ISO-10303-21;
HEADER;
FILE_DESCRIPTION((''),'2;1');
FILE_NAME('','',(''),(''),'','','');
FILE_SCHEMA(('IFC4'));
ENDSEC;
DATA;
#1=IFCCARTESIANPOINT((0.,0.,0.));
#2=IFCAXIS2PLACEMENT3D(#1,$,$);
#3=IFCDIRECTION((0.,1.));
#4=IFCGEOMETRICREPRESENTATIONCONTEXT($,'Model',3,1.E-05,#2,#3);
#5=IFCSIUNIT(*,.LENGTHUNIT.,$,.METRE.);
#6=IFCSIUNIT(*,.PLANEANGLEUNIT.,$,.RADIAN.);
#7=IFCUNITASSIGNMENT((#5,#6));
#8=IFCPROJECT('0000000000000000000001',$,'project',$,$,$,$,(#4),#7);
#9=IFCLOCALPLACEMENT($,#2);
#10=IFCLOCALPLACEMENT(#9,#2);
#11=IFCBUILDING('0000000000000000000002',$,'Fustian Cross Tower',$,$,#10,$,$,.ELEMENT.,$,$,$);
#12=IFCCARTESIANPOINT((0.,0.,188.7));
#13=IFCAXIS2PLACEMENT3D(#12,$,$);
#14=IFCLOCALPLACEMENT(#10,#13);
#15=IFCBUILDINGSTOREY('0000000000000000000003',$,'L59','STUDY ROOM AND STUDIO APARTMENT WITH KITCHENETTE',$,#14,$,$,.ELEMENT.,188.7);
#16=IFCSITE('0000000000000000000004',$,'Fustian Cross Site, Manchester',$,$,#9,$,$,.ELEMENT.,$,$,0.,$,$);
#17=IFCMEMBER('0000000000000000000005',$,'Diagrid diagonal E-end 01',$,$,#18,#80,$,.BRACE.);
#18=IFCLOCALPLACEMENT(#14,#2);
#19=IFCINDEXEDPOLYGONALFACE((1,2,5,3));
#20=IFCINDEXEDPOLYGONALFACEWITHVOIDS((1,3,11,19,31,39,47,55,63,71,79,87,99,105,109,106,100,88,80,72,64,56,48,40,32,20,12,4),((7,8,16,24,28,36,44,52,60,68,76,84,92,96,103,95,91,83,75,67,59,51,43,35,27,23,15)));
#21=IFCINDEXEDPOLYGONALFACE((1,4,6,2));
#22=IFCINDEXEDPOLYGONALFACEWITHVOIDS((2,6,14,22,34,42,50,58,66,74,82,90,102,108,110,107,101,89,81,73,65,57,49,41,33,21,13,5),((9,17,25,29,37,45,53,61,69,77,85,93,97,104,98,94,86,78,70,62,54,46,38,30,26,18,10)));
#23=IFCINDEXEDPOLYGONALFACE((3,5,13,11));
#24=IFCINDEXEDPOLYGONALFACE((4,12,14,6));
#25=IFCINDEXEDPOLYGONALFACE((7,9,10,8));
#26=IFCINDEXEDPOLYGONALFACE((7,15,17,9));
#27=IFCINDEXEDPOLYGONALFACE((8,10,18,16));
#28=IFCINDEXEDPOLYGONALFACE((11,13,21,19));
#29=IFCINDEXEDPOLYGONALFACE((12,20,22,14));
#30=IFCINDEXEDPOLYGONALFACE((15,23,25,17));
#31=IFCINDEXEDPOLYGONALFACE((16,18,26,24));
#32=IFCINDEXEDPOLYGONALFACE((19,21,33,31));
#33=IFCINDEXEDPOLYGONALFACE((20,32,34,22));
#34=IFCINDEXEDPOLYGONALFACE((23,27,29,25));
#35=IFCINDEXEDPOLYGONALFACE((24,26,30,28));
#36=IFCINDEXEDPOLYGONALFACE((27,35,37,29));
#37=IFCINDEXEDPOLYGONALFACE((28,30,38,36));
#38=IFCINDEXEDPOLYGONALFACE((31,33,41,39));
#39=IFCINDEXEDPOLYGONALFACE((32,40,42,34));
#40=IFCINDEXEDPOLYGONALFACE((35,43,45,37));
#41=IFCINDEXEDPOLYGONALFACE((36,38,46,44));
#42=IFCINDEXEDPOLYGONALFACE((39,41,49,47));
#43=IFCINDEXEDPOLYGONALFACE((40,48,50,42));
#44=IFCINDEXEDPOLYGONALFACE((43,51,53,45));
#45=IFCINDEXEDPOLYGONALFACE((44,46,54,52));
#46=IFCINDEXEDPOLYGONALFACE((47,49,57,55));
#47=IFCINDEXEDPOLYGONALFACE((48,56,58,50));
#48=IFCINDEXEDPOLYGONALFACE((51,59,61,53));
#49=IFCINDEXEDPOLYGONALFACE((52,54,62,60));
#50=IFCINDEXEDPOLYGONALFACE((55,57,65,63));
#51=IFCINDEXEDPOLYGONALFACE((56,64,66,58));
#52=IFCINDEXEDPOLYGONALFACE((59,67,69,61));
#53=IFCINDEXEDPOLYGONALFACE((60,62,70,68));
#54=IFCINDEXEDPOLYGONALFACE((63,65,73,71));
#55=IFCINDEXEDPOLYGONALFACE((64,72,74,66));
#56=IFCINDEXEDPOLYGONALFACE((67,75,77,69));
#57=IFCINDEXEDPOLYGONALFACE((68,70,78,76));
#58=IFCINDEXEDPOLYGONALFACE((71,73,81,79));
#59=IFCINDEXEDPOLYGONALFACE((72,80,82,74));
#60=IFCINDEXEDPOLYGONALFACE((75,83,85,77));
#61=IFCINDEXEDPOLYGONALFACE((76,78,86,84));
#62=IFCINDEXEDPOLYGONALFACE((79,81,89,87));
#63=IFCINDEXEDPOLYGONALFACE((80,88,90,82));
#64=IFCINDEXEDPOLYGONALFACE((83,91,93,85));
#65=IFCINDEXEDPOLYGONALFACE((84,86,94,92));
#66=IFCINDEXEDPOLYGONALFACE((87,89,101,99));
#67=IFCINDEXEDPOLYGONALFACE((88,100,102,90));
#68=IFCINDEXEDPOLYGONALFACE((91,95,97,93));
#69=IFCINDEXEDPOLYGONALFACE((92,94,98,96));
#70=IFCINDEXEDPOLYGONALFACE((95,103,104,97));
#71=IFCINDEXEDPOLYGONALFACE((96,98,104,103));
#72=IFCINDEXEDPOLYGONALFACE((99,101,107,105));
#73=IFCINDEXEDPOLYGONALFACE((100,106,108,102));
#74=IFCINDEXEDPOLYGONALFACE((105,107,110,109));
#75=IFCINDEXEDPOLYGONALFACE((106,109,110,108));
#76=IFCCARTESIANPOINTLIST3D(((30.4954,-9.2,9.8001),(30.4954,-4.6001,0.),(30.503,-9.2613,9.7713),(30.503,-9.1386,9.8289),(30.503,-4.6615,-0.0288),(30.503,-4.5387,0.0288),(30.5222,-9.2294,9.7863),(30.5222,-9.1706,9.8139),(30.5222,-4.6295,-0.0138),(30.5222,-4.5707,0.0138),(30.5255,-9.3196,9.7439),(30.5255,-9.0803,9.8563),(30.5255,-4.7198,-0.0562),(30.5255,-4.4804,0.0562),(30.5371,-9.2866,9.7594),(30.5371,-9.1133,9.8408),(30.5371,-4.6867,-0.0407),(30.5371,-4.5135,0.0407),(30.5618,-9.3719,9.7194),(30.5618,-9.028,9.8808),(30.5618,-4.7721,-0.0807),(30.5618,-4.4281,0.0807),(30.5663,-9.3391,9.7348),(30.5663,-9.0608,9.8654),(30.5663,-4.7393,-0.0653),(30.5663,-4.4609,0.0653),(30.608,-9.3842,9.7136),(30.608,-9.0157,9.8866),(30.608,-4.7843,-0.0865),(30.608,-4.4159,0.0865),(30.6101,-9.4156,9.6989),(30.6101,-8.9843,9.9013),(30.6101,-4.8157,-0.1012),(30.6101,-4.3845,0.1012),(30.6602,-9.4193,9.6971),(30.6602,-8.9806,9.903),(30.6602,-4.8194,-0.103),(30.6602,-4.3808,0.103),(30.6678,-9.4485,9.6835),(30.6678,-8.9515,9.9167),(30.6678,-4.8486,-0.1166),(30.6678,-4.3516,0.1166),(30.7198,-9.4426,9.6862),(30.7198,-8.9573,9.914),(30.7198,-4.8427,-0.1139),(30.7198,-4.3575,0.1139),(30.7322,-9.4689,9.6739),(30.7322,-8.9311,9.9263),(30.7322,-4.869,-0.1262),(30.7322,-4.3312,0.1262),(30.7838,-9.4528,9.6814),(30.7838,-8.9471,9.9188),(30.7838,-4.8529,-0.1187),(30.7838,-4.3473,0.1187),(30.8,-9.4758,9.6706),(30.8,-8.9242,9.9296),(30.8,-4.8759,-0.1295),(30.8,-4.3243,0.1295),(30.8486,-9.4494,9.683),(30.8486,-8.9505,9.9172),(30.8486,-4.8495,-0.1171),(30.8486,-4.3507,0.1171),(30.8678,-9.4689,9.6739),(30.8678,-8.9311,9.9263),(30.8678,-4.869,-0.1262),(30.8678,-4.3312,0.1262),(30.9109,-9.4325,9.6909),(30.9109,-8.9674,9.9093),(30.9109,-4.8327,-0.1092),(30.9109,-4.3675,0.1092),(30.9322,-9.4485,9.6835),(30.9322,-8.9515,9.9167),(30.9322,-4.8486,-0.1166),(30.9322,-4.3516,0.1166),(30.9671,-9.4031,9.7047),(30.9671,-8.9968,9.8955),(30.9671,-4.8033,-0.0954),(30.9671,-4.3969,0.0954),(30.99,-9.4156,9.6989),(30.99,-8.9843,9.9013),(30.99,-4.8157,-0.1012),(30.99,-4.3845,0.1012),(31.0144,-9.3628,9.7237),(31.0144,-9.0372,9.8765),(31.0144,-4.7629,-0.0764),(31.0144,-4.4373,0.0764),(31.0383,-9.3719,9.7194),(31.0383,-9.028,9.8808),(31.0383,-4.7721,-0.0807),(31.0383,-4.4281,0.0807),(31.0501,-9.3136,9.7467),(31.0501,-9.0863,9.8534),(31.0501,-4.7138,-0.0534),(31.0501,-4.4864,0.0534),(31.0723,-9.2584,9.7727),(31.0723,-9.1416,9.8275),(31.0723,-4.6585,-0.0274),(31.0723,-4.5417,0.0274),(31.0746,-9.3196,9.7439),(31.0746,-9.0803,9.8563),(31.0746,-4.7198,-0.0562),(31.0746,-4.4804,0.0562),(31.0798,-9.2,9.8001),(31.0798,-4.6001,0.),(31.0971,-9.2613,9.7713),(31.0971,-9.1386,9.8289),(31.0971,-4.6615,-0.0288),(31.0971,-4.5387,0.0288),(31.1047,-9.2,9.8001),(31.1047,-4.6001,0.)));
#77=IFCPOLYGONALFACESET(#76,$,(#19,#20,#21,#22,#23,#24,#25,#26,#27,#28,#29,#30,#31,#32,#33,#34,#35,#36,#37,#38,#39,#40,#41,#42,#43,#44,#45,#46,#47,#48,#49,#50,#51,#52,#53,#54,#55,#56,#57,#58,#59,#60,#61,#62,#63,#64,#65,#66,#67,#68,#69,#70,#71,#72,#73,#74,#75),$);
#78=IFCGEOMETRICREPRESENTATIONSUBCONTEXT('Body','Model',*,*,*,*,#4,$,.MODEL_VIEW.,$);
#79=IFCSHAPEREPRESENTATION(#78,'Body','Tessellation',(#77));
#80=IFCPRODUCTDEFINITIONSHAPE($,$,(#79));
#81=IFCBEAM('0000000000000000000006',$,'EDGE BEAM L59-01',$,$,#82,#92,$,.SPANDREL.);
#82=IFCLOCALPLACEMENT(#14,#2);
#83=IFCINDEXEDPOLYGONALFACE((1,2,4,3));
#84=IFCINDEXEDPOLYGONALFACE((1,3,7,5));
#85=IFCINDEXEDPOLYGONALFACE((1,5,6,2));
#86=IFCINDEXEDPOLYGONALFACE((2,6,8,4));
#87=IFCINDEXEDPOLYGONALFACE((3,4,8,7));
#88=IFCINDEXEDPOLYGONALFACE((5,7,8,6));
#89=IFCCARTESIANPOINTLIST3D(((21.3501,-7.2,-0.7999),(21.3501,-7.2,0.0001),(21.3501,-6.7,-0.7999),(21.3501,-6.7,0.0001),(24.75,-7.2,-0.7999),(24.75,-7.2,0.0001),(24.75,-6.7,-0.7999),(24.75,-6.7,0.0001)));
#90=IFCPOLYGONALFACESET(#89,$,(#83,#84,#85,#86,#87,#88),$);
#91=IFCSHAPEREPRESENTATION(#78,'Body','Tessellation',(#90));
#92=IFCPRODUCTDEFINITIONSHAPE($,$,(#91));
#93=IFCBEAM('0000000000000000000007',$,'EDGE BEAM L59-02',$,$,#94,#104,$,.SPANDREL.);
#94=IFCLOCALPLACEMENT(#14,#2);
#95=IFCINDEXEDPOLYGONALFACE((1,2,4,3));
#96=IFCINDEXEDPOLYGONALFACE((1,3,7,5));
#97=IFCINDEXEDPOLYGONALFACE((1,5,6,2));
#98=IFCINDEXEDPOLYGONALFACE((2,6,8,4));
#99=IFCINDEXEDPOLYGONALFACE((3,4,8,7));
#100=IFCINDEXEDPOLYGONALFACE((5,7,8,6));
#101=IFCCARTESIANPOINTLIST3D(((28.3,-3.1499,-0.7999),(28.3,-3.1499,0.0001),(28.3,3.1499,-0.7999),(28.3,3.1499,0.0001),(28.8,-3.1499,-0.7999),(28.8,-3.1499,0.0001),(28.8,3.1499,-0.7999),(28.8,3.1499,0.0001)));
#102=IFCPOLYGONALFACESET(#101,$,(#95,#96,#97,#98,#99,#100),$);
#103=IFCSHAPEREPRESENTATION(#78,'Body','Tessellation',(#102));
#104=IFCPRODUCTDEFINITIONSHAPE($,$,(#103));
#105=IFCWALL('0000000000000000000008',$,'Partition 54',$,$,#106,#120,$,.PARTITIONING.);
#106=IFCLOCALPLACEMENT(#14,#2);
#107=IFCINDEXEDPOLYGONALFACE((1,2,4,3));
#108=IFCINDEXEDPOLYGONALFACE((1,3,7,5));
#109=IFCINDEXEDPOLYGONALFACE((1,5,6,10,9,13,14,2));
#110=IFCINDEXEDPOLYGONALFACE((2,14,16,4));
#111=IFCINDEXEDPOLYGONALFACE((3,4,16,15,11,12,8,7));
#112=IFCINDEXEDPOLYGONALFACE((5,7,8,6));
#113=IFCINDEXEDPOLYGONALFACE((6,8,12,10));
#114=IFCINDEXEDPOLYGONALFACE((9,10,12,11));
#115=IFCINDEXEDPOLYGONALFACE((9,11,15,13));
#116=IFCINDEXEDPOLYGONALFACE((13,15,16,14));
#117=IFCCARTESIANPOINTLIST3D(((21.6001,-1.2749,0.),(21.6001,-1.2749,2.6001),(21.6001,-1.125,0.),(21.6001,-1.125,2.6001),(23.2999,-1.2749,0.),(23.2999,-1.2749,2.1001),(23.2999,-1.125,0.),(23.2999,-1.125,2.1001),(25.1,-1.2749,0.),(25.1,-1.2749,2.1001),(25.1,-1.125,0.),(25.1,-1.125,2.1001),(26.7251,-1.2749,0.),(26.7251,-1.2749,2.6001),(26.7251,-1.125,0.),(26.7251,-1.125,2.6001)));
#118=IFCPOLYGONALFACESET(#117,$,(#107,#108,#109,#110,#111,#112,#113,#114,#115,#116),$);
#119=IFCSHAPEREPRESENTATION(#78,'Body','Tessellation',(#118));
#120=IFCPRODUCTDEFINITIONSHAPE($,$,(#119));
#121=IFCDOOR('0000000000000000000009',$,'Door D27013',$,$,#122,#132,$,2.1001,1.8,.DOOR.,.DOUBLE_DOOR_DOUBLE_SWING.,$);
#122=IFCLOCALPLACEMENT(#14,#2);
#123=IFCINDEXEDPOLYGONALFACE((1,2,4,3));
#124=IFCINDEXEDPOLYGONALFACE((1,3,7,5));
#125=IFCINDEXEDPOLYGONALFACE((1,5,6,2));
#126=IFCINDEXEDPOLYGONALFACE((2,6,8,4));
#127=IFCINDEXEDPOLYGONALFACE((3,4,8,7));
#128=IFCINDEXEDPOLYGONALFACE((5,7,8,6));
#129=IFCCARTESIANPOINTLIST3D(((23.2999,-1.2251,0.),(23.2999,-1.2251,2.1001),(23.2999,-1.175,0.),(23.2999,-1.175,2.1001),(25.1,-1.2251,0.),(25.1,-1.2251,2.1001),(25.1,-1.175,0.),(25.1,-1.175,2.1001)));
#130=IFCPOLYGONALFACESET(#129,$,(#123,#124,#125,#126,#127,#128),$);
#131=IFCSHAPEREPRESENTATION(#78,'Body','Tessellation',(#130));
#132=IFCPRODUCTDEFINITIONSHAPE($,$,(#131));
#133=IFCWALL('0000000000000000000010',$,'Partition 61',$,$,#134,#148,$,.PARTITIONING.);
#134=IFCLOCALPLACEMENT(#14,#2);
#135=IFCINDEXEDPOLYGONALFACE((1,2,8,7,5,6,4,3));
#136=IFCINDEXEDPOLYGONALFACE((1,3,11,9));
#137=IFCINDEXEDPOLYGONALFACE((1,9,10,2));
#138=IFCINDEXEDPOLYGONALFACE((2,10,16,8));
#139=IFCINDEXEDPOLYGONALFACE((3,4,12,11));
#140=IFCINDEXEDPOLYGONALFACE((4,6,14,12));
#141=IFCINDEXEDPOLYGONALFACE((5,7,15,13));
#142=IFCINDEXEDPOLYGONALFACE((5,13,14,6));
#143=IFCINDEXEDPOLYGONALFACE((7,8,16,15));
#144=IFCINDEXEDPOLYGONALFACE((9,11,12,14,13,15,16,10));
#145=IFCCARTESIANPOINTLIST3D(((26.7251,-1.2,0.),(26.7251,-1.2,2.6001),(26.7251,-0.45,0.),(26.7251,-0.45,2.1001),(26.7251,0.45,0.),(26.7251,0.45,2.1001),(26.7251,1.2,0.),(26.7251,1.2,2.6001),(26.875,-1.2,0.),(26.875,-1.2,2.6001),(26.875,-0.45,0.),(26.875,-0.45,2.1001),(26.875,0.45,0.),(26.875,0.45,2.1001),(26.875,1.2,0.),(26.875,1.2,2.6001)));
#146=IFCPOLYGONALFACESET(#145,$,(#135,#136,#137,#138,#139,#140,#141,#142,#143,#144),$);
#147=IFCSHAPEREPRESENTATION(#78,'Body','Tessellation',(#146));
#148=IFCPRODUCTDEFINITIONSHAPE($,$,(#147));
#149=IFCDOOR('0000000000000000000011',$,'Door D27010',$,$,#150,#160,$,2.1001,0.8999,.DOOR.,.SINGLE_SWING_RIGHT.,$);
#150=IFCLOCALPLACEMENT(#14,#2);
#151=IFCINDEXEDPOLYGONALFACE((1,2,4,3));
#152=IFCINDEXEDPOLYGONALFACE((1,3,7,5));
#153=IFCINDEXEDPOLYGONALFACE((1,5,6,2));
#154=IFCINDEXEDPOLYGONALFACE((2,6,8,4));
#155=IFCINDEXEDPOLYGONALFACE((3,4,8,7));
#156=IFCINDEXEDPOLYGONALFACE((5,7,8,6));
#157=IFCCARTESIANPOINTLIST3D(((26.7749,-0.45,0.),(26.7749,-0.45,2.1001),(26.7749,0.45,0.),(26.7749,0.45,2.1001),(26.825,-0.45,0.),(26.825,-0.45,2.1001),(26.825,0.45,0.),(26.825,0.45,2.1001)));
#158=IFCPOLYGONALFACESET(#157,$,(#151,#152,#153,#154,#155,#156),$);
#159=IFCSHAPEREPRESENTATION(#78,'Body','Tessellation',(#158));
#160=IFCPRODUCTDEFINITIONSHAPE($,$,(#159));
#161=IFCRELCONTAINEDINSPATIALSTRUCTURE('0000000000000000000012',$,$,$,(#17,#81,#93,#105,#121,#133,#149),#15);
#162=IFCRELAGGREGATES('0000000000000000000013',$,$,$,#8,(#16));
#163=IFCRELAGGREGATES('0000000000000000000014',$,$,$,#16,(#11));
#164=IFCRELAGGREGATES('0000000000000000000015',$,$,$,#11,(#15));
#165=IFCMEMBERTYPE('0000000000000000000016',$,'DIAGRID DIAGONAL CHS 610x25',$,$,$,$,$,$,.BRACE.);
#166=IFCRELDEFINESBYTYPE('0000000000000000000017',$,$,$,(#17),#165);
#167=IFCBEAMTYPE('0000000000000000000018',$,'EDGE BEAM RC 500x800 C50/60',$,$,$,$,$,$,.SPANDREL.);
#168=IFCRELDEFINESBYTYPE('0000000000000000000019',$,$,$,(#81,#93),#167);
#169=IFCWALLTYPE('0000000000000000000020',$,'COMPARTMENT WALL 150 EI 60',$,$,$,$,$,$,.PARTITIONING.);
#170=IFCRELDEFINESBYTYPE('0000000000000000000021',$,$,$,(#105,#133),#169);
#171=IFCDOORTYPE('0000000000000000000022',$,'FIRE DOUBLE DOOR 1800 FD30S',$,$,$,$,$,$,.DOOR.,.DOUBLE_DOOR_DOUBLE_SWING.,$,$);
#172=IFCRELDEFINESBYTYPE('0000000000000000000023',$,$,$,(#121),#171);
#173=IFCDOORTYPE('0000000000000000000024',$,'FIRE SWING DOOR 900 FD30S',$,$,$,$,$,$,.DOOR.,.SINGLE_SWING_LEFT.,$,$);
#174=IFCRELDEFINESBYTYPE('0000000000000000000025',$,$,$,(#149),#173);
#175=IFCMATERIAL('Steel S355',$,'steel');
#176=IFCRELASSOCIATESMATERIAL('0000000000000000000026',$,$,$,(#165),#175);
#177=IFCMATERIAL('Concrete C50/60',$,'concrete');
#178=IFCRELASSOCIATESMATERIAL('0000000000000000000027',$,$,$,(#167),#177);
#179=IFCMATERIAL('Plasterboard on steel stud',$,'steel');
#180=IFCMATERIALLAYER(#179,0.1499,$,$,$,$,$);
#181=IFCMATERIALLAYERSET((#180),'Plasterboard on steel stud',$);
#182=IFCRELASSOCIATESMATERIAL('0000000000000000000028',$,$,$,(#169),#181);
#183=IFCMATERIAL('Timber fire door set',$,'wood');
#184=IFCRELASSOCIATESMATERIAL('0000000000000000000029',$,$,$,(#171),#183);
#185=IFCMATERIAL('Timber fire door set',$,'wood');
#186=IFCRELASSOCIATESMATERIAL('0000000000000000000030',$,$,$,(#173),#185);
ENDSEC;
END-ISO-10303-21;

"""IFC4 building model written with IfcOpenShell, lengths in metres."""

from ifc_helpers import new_model, si_unit, direction, frame, frame_2d, origin, origin_2d, place, context, subcontext, project, spatial, rectangle, hollow_circle, extrude, material, layer, layer_set, material_profile, profile_set, type_object, element, fill, save


model = new_model("IFC4")

# Units and contexts
model_context = context("Model", 3, precision=1e-05, world=origin(), true_north=direction((0.0, 1.0)))
body_context = subcontext(model_context, "Body", "Model", "MODEL_VIEW")
ifc_project = project(units=[si_unit("LENGTHUNIT", "METRE"), si_unit("PLANEANGLEUNIT", "RADIAN")], contexts=[model_context])

# Site, building, storey
site_placement = place(None, origin())
site = spatial("IfcSite", under=ifc_project, at=site_placement, Name="Fustian Cross Site, Manchester", CompositionType="ELEMENT", RefElevation=0.0)
building_placement = place(site_placement, origin())
building = spatial("IfcBuilding", under=site, at=building_placement, Name="Fustian Cross Tower", CompositionType="ELEMENT")
storey_placement = place(building_placement, frame((0.0, 0.0, 188.7)))
storey = spatial("IfcBuildingStorey", under=building, at=storey_placement, Name="L59", Description="STUDY ROOM AND STUDIO APARTMENT WITH KITCHENETTE", CompositionType="ELEMENT", Elevation=188.7)

# Member
ifc_material_1 = material(Name="Steel S355", Category="steel")
ifc_material_profile_1 = material_profile(ifc_material_1, hollow_circle(Radius=0.3047, WallThickness=0.0249, at=origin_2d()), Name="CHS 610x25")
ifc_profile_set_1 = profile_set([ifc_material_profile_1], Name="Steel S355")
member_type_1 = type_object("IfcMemberType", Name="DIAGRID DIAGONAL CHS 610x25", PredefinedType="BRACE", material=ifc_profile_set_1)
member_1_placement = place(storey_placement, frame((30.8, -4.6001, 0.0), z_axis=(0.0, -0.424894, 0.905243), x_axis=(1.0, 0.0, 0.0)))
element("IfcMember", 1, at=member_1_placement, inside=storey, type_object=member_type_1, Name="Diagrid diagonal E-end 01", PredefinedType="BRACE", context=body_context, shape_type="SweptSolid", body=[
    extrude(hollow_circle(Radius=0.3047, WallThickness=0.0249, at=origin_2d()), origin(), (0.0, 0.0, 1.0), 10.8259),
])

# Beams
ifc_material_2 = material(Name="Concrete C50/60", Category="concrete")
ifc_material_profile_2 = material_profile(ifc_material_2, rectangle(XDim=0.5, YDim=0.8, at=origin_2d()), Name="RC 500x800")
ifc_profile_set_2 = profile_set([ifc_material_profile_2], Name="Concrete C50/60")
beam_type = type_object("IfcBeamType", Name="EDGE BEAM RC 500x800 C50/60", PredefinedType="SPANDREL", material=ifc_profile_set_2)
beam_1_placement = place(storey_placement, frame((21.3501, -6.95, -0.3999), z_axis=(1.0, 0.0, 0.0), x_axis=(0.0, 1.0, 0.0)))
element("IfcBeam", 2, at=beam_1_placement, inside=storey, type_object=beam_type, Name="EDGE BEAM L59-01", PredefinedType="SPANDREL", context=body_context, shape_type="SweptSolid", body=[
    extrude(rectangle(XDim=0.5, YDim=0.8, at=origin_2d()), origin(), (0.0, 0.0, 1.0), 3.3999),
])
beam_2_placement = place(storey_placement, frame((28.55, -3.1499, -0.3999), z_axis=(0.0, 1.0, 0.0), x_axis=(-1.0, 0.0, 0.0)))
element("IfcBeam", 3, at=beam_2_placement, inside=storey, type_object=beam_type, Name="EDGE BEAM L59-02", PredefinedType="SPANDREL", context=body_context, shape_type="SweptSolid", body=[
    extrude(rectangle(XDim=0.5, YDim=0.8, at=origin_2d()), origin(), (0.0, 0.0, 1.0), 6.2998),
])

# Walls, openings, doors
ifc_material_3 = material(Name="Plasterboard on steel stud", Category="steel")
ifc_layer_1 = layer(ifc_material_3, 0.1499)
ifc_layer_set_1 = layer_set([ifc_layer_1], Name="Plasterboard on steel stud")
wall_type_1 = type_object("IfcWallType", Name="COMPARTMENT WALL 150 EI 60", PredefinedType="PARTITIONING", material=ifc_layer_set_1)
wall_1_placement = place(storey_placement, frame((21.6001, -1.2, 0.0), z_axis=(0.0, 0.0, 1.0), x_axis=(1.0, 0.0, 0.0)))
wall_1 = element("IfcWall", 4, at=wall_1_placement, inside=storey, type_object=wall_type_1, Name="Partition 54", PredefinedType="PARTITIONING", context=body_context, shape_type="SweptSolid", body=[
    extrude(rectangle(XDim=5.125, YDim=0.1499, at=frame_2d((2.5625, 0.0))), origin(), (0.0, 0.0, 1.0), 2.6001),
])
opening_1_placement = place(wall_1_placement, frame((1.7, 0.0, 0.0)))
opening_1 = element("IfcOpeningElement", 5, at=opening_1_placement, cuts=wall_1, PredefinedType="OPENING", context=body_context, shape_type="SweptSolid", body=[
    extrude(rectangle(XDim=1.8, YDim=2.1001, at=frame_2d((0.8999, 1.05))), frame((0.0, 0.085, 0.0), z_axis=(0.0, -1.0, 0.0), x_axis=(1.0, 0.0, 0.0)), (0.0, 0.0, 1.0), 0.1699),
])
ifc_material_4 = material(Name="Timber fire door set", Category="wood")
door_type_1 = type_object("IfcDoorType", Name="FIRE DOUBLE DOOR 1800 FD30S", OperationType="DOUBLE_DOOR_DOUBLE_SWING", PredefinedType="DOOR", material=ifc_material_4)
door_1_placement = place(opening_1_placement, origin())
door_1 = element("IfcDoor", 6, at=door_1_placement, inside=storey, type_object=door_type_1, Name="Door D27013", OperationType="DOUBLE_DOOR_DOUBLE_SWING", OverallHeight=2.1001, OverallWidth=1.8, PredefinedType="DOOR", context=body_context, shape_type="SweptSolid", body=[
    extrude(rectangle(XDim=1.8, YDim=2.1001, at=frame_2d((0.8999, 1.05))), frame((0.0, 0.0249, 0.0), z_axis=(0.0, -1.0, 0.0), x_axis=(1.0, 0.0, 0.0)), (0.0, 0.0, 1.0), 0.05),
])
fill(opening_1, door_1)
wall_2_placement = place(storey_placement, frame((26.8, -1.2, 0.0), z_axis=(0.0, 0.0, 1.0), x_axis=(0.0, 1.0, 0.0)))
wall_2 = element("IfcWall", 7, at=wall_2_placement, inside=storey, type_object=wall_type_1, Name="Partition 61", PredefinedType="PARTITIONING", context=body_context, shape_type="SweptSolid", body=[
    extrude(rectangle(XDim=2.3999, YDim=0.1499, at=frame_2d((1.2, 0.0))), origin(), (0.0, 0.0, 1.0), 2.6001),
])
opening_2_placement = place(wall_2_placement, frame((0.75, 0.0, 0.0)))
opening_2 = element("IfcOpeningElement", 8, at=opening_2_placement, cuts=wall_2, PredefinedType="OPENING", context=body_context, shape_type="SweptSolid", body=[
    extrude(rectangle(XDim=0.8999, YDim=2.1001, at=frame_2d((0.45, 1.05))), frame((0.0, 0.085, 0.0), z_axis=(0.0, -1.0, 0.0), x_axis=(1.0, 0.0, 0.0)), (0.0, 0.0, 1.0), 0.1699),
])
ifc_material_5 = material(Name="Timber fire door set", Category="wood")
door_type_2 = type_object("IfcDoorType", Name="FIRE SWING DOOR 900 FD30S", OperationType="SINGLE_SWING_LEFT", PredefinedType="DOOR", material=ifc_material_5)
door_2_placement = place(opening_2_placement, frame((0.8999, 0.0, 0.0), z_axis=(0.0, 0.0, 1.0), x_axis=(-1.0, 0.0, 0.0)))
door_2 = element("IfcDoor", 9, at=door_2_placement, inside=storey, type_object=door_type_2, Name="Door D27010", OperationType="SINGLE_SWING_RIGHT", OverallHeight=2.1001, OverallWidth=0.8999, PredefinedType="DOOR", context=body_context, shape_type="SweptSolid", body=[
    extrude(rectangle(XDim=0.8999, YDim=2.1001, at=frame_2d((0.45, 1.05))), frame((0.0, 0.0249, 0.0), z_axis=(0.0, -1.0, 0.0), x_axis=(1.0, 0.0, 0.0)), (0.0, 0.0, 1.0), 0.05),
])
fill(opening_2, door_2)

save(model, "model.ifc")
